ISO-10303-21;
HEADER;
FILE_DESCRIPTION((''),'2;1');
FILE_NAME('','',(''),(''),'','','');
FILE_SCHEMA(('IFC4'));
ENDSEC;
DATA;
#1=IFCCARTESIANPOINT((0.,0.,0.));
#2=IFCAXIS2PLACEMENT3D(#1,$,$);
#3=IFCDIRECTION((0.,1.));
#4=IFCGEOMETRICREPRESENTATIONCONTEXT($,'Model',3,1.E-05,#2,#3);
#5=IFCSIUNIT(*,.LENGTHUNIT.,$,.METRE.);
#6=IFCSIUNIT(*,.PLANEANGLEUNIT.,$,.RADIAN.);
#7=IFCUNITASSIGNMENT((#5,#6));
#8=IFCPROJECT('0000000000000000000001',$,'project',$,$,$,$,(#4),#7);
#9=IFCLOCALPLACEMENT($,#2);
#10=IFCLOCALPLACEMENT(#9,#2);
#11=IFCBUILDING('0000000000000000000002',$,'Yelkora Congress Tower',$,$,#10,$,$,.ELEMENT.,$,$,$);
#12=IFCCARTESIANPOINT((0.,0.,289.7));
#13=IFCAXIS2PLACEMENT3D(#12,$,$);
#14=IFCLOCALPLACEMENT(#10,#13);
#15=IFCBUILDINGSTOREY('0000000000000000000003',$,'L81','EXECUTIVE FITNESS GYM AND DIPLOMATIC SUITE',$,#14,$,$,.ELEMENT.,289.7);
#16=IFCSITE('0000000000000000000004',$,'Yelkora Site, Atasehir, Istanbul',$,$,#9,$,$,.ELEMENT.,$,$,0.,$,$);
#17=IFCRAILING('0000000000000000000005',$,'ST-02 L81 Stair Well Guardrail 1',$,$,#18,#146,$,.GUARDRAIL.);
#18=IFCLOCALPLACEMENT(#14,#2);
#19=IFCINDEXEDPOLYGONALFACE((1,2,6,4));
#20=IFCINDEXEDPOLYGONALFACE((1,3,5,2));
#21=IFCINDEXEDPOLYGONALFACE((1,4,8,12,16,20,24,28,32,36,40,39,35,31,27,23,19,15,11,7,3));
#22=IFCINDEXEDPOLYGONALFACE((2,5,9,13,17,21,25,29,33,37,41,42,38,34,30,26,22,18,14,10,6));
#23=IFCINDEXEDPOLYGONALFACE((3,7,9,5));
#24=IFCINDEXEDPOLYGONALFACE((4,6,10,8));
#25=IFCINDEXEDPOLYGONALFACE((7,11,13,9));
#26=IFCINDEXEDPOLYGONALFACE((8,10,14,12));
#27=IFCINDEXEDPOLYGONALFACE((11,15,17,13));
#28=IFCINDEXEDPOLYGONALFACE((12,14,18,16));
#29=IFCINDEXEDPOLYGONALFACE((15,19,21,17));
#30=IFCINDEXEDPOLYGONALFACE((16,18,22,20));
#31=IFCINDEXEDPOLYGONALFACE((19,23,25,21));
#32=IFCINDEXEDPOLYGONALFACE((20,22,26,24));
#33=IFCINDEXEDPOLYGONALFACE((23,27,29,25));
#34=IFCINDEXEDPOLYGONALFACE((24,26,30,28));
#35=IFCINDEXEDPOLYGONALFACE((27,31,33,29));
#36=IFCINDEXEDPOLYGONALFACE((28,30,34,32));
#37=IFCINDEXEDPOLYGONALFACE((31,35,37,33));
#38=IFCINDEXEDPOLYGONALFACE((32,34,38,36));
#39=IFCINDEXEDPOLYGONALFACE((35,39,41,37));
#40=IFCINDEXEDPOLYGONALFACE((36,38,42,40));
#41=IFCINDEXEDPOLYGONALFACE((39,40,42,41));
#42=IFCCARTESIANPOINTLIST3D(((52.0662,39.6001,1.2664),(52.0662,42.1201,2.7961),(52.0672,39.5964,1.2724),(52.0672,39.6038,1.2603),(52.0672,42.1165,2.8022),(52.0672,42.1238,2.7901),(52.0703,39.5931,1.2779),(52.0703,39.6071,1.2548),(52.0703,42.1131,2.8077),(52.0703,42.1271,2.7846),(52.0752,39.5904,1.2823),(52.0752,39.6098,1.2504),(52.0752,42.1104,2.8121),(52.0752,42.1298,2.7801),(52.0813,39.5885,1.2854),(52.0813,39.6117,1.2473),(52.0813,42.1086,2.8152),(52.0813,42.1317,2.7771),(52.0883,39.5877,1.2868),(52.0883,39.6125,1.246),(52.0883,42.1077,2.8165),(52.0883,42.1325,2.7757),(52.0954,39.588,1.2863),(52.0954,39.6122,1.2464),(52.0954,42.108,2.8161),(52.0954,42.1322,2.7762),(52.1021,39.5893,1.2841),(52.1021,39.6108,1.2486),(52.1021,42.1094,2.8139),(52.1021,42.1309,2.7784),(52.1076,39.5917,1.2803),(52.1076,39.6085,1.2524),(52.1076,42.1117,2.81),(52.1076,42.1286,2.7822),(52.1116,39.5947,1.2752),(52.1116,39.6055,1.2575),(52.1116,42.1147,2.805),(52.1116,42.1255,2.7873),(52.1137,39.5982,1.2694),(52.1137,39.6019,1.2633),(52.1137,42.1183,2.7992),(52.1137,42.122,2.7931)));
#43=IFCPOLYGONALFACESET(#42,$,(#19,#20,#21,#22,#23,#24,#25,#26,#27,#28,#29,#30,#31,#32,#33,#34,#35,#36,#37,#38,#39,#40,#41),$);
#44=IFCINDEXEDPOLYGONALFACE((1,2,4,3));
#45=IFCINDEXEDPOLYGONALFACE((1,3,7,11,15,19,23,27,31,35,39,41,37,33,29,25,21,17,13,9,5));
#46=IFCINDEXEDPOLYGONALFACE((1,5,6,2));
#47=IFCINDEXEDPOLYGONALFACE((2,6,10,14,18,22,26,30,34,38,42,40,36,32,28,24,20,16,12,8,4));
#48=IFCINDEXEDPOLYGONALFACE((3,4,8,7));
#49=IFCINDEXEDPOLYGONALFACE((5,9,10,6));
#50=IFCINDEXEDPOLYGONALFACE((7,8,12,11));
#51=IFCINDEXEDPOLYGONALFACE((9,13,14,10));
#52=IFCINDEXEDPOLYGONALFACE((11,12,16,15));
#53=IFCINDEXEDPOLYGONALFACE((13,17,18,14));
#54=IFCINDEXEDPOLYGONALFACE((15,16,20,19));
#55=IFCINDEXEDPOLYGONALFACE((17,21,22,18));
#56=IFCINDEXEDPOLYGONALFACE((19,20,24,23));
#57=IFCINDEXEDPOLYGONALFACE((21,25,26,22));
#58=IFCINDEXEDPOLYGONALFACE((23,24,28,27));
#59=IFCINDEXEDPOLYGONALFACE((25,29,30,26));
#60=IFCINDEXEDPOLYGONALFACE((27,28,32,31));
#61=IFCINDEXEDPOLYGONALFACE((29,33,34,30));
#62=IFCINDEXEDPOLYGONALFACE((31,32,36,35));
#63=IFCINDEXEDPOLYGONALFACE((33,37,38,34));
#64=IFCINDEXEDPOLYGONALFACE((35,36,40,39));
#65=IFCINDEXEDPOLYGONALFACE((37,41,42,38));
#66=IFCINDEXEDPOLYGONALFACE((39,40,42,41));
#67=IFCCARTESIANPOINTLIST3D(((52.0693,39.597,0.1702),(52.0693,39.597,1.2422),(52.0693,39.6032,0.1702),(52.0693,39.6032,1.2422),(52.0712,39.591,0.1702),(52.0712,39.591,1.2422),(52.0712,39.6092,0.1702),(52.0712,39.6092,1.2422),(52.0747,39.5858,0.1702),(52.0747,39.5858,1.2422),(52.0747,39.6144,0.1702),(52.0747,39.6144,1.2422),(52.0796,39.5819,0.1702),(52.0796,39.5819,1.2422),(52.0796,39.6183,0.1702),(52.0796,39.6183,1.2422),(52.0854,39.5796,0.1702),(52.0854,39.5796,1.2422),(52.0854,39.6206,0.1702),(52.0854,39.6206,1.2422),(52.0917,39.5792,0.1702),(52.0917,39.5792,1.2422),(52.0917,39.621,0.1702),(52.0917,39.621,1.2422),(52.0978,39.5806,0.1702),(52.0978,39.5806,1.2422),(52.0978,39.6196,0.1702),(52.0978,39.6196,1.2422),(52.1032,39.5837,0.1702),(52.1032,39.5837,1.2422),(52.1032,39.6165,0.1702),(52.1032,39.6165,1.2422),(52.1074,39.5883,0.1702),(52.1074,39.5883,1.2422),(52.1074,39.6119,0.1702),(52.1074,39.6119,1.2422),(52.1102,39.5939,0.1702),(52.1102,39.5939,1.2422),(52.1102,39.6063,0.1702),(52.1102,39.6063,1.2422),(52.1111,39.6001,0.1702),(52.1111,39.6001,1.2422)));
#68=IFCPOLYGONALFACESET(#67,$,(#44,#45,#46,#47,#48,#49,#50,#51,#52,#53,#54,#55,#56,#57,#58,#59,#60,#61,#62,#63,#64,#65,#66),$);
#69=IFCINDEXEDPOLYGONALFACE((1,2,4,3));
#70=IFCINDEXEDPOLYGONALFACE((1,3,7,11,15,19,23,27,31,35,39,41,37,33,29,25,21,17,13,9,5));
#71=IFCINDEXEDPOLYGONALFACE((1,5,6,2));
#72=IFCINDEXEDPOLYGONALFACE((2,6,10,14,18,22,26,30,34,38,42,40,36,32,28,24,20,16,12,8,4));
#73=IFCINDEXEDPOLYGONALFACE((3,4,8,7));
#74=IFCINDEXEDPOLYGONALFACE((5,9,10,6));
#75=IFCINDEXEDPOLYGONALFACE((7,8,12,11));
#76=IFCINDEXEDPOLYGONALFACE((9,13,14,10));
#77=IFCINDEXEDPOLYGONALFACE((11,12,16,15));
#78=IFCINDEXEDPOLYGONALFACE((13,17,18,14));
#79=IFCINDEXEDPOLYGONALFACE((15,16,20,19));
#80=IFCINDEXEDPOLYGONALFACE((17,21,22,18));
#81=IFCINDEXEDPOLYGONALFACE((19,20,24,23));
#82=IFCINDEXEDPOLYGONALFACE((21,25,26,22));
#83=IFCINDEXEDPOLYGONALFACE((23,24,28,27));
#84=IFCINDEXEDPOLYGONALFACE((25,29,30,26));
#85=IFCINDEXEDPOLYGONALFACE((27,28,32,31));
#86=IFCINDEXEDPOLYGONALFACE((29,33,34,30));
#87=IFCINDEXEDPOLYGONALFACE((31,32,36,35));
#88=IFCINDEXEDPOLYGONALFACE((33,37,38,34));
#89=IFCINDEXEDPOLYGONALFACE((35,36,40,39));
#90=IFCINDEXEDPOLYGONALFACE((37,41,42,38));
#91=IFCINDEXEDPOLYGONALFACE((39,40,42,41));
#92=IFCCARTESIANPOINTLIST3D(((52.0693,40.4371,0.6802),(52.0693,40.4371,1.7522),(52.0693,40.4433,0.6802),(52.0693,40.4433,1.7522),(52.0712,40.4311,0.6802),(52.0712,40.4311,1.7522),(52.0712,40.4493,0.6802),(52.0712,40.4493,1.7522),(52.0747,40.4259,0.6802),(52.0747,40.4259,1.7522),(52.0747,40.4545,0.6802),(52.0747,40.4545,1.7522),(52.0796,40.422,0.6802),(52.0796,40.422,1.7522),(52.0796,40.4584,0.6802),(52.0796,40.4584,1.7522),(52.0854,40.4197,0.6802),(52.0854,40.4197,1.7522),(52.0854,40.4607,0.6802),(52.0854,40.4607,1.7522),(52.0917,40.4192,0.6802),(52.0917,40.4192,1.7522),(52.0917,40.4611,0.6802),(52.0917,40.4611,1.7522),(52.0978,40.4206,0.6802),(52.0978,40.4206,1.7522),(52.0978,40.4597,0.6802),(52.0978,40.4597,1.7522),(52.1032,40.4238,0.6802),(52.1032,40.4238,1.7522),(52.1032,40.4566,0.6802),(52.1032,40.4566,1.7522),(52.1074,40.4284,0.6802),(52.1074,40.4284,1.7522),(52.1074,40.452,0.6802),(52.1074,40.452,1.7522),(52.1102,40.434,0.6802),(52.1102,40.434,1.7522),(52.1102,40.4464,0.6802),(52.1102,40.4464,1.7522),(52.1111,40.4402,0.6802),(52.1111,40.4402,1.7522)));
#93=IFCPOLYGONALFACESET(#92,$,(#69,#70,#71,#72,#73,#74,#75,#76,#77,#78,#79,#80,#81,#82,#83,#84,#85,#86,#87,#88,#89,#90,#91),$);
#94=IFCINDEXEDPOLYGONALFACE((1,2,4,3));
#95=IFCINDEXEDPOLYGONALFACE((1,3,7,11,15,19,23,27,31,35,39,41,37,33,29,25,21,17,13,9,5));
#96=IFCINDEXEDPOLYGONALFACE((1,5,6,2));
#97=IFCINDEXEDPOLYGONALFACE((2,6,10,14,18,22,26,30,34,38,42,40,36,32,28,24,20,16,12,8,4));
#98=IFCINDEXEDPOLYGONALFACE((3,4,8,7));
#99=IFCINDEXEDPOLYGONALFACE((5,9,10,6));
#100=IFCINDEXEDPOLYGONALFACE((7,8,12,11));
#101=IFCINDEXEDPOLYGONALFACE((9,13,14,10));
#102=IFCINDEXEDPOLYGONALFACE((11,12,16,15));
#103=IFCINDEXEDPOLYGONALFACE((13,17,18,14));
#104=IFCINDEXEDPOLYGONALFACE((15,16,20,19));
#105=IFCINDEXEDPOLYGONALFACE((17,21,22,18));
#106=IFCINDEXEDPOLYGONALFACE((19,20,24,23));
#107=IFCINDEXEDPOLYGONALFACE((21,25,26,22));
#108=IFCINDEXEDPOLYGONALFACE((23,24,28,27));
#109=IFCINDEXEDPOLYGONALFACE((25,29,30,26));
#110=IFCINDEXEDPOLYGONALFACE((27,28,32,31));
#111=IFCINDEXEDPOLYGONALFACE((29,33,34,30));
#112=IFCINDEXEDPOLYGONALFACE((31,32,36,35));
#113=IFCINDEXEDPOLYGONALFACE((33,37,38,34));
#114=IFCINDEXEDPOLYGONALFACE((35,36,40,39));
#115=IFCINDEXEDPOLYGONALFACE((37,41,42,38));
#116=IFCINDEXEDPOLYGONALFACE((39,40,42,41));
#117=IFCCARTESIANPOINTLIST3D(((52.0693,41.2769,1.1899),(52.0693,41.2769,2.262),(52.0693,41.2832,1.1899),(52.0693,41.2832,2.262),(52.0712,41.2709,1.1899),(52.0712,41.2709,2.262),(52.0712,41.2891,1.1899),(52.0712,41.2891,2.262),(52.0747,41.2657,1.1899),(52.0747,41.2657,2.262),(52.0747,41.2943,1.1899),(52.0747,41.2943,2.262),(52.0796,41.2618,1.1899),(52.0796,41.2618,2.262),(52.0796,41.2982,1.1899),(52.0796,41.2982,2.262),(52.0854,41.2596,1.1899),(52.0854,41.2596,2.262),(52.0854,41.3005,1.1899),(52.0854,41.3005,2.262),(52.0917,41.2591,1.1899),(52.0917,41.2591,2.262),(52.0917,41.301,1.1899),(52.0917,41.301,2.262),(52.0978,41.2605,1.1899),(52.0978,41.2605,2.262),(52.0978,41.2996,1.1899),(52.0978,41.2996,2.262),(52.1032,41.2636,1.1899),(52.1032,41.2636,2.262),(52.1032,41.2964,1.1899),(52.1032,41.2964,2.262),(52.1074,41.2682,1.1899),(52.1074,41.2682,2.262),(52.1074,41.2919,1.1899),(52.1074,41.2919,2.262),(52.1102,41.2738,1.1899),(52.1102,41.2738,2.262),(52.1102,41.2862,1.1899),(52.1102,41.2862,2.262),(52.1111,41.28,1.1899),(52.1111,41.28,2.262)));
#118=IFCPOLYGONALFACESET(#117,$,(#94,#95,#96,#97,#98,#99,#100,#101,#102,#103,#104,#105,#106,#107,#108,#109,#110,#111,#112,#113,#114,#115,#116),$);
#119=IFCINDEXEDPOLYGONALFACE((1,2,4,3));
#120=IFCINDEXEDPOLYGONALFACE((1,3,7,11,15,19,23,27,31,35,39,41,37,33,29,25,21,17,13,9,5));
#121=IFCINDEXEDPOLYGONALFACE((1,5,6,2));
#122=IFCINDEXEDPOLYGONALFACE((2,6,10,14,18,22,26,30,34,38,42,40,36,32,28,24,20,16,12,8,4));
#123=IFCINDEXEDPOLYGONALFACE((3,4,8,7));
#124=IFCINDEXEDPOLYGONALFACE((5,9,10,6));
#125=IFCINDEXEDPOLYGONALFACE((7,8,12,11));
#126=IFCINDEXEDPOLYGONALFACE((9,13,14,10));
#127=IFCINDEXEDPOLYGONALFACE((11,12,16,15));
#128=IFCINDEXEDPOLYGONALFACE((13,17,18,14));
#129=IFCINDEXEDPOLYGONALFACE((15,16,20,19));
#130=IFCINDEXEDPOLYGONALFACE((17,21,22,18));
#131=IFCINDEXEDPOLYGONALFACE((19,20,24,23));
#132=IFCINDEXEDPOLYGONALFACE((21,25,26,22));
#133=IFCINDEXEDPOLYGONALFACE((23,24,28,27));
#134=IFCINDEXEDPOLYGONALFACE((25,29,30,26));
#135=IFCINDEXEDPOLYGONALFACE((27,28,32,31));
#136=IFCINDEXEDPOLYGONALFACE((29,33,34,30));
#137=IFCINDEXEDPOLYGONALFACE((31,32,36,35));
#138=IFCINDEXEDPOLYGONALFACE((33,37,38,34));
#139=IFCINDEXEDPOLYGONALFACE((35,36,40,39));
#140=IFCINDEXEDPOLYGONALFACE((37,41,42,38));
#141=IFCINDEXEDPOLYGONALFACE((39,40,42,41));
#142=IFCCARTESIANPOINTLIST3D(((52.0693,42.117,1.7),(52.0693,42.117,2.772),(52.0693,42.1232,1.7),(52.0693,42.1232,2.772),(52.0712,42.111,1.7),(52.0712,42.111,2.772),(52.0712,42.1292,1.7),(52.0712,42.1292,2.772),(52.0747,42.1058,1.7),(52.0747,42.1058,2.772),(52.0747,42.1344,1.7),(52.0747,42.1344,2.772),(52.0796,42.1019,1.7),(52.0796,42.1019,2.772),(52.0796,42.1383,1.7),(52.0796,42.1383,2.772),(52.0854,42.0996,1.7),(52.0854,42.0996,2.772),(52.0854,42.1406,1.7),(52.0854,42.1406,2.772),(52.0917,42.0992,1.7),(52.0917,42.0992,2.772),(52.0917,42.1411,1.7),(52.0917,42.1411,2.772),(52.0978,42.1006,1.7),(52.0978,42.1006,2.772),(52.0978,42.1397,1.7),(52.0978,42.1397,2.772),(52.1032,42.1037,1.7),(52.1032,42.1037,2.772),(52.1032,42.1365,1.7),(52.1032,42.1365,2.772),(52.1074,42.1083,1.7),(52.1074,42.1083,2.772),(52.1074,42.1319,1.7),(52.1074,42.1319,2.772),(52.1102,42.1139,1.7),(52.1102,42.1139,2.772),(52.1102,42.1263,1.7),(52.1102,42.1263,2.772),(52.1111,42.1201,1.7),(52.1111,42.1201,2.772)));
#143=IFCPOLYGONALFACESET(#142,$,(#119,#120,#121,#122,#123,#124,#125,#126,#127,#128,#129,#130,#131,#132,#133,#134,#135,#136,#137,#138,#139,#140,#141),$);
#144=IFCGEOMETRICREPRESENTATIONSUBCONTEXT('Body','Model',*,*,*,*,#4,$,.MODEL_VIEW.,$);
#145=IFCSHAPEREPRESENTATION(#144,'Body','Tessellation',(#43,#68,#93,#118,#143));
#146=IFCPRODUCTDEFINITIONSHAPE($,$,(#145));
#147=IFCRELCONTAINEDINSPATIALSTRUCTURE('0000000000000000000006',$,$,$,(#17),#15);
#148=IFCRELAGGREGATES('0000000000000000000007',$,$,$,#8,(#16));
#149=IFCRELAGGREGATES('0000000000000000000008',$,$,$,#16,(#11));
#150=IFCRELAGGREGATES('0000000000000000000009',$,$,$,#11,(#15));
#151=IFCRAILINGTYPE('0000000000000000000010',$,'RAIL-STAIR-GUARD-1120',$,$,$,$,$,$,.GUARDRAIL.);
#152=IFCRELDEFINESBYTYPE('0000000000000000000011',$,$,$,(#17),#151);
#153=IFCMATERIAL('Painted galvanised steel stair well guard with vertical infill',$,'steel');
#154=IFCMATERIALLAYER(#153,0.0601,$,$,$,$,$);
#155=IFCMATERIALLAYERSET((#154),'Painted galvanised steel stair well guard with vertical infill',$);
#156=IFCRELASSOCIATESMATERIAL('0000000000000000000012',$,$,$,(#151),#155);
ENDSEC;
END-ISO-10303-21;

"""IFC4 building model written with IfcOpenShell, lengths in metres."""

from ifc_helpers import new_model, si_unit, direction, frame, origin, origin_2d, place, context, subcontext, project, spatial, circle, extrude, material, layer, layer_set, type_object, element, save


model = new_model("IFC4")

# Units and contexts
model_context = context("Model", 3, precision=1e-05, world=origin(), true_north=direction((0.0, 1.0)))
body_context = subcontext(model_context, "Body", "Model", "MODEL_VIEW")
ifc_project = project(units=[si_unit("LENGTHUNIT", "METRE"), si_unit("PLANEANGLEUNIT", "RADIAN")], contexts=[model_context])

# Site, building, storey
site_placement = place(None, origin())
site = spatial("IfcSite", under=ifc_project, at=site_placement, Name="Yelkora Site, Atasehir, Istanbul", CompositionType="ELEMENT", RefElevation=0.0)
building_placement = place(site_placement, origin())
building = spatial("IfcBuilding", under=site, at=building_placement, Name="Yelkora Congress Tower", CompositionType="ELEMENT")
storey_placement = place(building_placement, frame((0.0, 0.0, 289.7)))
storey = spatial("IfcBuildingStorey", under=building, at=storey_placement, Name="L81", Description="EXECUTIVE FITNESS GYM AND DIPLOMATIC SUITE", CompositionType="ELEMENT", Elevation=289.7)

# Railing
ifc_material_1 = material(Name="Painted galvanised steel stair well guard with vertical infill", Category="steel")
ifc_layer_1 = layer(ifc_material_1, 0.0601)
ifc_layer_set_1 = layer_set([ifc_layer_1], Name="Painted galvanised steel stair well guard with vertical infill")
railing_type_1 = type_object("IfcRailingType", Name="RAIL-STAIR-GUARD-1120", PredefinedType="GUARDRAIL", material=ifc_layer_set_1)
railing_1_placement = place(storey_placement, frame((52.0901, 39.6001, 0.1702)))
element("IfcRailing", 1, at=railing_1_placement, inside=storey, type_object=railing_type_1, Name="ST-02 L81 Stair Well Guardrail 1", PredefinedType="GUARDRAIL", context=body_context, shape_type="SweptSolid", body=[
    extrude(circle(Radius=0.0239, at=origin_2d()), frame((0.0, 0.0, 1.0962), z_axis=(0.0, 0.854822, 0.518922), x_axis=(-1.0, 0.0, 0.0)), (0.0, 0.0, 1.0), 2.948),
    extrude(circle(Radius=0.021, at=origin_2d()), origin(), (0.0, 0.0, 1.0), 1.072),
    extrude(circle(Radius=0.021, at=origin_2d()), frame((0.0, 0.8401, 0.51)), (0.0, 0.0, 1.0), 1.072),
    extrude(circle(Radius=0.021, at=origin_2d()), frame((0.0, 1.6799, 1.0198)), (0.0, 0.0, 1.0), 1.072),
    extrude(circle(Radius=0.021, at=origin_2d()), frame((0.0, 2.52, 1.5298)), (0.0, 0.0, 1.0), 1.072),
])

save(model, "model.ifc")
